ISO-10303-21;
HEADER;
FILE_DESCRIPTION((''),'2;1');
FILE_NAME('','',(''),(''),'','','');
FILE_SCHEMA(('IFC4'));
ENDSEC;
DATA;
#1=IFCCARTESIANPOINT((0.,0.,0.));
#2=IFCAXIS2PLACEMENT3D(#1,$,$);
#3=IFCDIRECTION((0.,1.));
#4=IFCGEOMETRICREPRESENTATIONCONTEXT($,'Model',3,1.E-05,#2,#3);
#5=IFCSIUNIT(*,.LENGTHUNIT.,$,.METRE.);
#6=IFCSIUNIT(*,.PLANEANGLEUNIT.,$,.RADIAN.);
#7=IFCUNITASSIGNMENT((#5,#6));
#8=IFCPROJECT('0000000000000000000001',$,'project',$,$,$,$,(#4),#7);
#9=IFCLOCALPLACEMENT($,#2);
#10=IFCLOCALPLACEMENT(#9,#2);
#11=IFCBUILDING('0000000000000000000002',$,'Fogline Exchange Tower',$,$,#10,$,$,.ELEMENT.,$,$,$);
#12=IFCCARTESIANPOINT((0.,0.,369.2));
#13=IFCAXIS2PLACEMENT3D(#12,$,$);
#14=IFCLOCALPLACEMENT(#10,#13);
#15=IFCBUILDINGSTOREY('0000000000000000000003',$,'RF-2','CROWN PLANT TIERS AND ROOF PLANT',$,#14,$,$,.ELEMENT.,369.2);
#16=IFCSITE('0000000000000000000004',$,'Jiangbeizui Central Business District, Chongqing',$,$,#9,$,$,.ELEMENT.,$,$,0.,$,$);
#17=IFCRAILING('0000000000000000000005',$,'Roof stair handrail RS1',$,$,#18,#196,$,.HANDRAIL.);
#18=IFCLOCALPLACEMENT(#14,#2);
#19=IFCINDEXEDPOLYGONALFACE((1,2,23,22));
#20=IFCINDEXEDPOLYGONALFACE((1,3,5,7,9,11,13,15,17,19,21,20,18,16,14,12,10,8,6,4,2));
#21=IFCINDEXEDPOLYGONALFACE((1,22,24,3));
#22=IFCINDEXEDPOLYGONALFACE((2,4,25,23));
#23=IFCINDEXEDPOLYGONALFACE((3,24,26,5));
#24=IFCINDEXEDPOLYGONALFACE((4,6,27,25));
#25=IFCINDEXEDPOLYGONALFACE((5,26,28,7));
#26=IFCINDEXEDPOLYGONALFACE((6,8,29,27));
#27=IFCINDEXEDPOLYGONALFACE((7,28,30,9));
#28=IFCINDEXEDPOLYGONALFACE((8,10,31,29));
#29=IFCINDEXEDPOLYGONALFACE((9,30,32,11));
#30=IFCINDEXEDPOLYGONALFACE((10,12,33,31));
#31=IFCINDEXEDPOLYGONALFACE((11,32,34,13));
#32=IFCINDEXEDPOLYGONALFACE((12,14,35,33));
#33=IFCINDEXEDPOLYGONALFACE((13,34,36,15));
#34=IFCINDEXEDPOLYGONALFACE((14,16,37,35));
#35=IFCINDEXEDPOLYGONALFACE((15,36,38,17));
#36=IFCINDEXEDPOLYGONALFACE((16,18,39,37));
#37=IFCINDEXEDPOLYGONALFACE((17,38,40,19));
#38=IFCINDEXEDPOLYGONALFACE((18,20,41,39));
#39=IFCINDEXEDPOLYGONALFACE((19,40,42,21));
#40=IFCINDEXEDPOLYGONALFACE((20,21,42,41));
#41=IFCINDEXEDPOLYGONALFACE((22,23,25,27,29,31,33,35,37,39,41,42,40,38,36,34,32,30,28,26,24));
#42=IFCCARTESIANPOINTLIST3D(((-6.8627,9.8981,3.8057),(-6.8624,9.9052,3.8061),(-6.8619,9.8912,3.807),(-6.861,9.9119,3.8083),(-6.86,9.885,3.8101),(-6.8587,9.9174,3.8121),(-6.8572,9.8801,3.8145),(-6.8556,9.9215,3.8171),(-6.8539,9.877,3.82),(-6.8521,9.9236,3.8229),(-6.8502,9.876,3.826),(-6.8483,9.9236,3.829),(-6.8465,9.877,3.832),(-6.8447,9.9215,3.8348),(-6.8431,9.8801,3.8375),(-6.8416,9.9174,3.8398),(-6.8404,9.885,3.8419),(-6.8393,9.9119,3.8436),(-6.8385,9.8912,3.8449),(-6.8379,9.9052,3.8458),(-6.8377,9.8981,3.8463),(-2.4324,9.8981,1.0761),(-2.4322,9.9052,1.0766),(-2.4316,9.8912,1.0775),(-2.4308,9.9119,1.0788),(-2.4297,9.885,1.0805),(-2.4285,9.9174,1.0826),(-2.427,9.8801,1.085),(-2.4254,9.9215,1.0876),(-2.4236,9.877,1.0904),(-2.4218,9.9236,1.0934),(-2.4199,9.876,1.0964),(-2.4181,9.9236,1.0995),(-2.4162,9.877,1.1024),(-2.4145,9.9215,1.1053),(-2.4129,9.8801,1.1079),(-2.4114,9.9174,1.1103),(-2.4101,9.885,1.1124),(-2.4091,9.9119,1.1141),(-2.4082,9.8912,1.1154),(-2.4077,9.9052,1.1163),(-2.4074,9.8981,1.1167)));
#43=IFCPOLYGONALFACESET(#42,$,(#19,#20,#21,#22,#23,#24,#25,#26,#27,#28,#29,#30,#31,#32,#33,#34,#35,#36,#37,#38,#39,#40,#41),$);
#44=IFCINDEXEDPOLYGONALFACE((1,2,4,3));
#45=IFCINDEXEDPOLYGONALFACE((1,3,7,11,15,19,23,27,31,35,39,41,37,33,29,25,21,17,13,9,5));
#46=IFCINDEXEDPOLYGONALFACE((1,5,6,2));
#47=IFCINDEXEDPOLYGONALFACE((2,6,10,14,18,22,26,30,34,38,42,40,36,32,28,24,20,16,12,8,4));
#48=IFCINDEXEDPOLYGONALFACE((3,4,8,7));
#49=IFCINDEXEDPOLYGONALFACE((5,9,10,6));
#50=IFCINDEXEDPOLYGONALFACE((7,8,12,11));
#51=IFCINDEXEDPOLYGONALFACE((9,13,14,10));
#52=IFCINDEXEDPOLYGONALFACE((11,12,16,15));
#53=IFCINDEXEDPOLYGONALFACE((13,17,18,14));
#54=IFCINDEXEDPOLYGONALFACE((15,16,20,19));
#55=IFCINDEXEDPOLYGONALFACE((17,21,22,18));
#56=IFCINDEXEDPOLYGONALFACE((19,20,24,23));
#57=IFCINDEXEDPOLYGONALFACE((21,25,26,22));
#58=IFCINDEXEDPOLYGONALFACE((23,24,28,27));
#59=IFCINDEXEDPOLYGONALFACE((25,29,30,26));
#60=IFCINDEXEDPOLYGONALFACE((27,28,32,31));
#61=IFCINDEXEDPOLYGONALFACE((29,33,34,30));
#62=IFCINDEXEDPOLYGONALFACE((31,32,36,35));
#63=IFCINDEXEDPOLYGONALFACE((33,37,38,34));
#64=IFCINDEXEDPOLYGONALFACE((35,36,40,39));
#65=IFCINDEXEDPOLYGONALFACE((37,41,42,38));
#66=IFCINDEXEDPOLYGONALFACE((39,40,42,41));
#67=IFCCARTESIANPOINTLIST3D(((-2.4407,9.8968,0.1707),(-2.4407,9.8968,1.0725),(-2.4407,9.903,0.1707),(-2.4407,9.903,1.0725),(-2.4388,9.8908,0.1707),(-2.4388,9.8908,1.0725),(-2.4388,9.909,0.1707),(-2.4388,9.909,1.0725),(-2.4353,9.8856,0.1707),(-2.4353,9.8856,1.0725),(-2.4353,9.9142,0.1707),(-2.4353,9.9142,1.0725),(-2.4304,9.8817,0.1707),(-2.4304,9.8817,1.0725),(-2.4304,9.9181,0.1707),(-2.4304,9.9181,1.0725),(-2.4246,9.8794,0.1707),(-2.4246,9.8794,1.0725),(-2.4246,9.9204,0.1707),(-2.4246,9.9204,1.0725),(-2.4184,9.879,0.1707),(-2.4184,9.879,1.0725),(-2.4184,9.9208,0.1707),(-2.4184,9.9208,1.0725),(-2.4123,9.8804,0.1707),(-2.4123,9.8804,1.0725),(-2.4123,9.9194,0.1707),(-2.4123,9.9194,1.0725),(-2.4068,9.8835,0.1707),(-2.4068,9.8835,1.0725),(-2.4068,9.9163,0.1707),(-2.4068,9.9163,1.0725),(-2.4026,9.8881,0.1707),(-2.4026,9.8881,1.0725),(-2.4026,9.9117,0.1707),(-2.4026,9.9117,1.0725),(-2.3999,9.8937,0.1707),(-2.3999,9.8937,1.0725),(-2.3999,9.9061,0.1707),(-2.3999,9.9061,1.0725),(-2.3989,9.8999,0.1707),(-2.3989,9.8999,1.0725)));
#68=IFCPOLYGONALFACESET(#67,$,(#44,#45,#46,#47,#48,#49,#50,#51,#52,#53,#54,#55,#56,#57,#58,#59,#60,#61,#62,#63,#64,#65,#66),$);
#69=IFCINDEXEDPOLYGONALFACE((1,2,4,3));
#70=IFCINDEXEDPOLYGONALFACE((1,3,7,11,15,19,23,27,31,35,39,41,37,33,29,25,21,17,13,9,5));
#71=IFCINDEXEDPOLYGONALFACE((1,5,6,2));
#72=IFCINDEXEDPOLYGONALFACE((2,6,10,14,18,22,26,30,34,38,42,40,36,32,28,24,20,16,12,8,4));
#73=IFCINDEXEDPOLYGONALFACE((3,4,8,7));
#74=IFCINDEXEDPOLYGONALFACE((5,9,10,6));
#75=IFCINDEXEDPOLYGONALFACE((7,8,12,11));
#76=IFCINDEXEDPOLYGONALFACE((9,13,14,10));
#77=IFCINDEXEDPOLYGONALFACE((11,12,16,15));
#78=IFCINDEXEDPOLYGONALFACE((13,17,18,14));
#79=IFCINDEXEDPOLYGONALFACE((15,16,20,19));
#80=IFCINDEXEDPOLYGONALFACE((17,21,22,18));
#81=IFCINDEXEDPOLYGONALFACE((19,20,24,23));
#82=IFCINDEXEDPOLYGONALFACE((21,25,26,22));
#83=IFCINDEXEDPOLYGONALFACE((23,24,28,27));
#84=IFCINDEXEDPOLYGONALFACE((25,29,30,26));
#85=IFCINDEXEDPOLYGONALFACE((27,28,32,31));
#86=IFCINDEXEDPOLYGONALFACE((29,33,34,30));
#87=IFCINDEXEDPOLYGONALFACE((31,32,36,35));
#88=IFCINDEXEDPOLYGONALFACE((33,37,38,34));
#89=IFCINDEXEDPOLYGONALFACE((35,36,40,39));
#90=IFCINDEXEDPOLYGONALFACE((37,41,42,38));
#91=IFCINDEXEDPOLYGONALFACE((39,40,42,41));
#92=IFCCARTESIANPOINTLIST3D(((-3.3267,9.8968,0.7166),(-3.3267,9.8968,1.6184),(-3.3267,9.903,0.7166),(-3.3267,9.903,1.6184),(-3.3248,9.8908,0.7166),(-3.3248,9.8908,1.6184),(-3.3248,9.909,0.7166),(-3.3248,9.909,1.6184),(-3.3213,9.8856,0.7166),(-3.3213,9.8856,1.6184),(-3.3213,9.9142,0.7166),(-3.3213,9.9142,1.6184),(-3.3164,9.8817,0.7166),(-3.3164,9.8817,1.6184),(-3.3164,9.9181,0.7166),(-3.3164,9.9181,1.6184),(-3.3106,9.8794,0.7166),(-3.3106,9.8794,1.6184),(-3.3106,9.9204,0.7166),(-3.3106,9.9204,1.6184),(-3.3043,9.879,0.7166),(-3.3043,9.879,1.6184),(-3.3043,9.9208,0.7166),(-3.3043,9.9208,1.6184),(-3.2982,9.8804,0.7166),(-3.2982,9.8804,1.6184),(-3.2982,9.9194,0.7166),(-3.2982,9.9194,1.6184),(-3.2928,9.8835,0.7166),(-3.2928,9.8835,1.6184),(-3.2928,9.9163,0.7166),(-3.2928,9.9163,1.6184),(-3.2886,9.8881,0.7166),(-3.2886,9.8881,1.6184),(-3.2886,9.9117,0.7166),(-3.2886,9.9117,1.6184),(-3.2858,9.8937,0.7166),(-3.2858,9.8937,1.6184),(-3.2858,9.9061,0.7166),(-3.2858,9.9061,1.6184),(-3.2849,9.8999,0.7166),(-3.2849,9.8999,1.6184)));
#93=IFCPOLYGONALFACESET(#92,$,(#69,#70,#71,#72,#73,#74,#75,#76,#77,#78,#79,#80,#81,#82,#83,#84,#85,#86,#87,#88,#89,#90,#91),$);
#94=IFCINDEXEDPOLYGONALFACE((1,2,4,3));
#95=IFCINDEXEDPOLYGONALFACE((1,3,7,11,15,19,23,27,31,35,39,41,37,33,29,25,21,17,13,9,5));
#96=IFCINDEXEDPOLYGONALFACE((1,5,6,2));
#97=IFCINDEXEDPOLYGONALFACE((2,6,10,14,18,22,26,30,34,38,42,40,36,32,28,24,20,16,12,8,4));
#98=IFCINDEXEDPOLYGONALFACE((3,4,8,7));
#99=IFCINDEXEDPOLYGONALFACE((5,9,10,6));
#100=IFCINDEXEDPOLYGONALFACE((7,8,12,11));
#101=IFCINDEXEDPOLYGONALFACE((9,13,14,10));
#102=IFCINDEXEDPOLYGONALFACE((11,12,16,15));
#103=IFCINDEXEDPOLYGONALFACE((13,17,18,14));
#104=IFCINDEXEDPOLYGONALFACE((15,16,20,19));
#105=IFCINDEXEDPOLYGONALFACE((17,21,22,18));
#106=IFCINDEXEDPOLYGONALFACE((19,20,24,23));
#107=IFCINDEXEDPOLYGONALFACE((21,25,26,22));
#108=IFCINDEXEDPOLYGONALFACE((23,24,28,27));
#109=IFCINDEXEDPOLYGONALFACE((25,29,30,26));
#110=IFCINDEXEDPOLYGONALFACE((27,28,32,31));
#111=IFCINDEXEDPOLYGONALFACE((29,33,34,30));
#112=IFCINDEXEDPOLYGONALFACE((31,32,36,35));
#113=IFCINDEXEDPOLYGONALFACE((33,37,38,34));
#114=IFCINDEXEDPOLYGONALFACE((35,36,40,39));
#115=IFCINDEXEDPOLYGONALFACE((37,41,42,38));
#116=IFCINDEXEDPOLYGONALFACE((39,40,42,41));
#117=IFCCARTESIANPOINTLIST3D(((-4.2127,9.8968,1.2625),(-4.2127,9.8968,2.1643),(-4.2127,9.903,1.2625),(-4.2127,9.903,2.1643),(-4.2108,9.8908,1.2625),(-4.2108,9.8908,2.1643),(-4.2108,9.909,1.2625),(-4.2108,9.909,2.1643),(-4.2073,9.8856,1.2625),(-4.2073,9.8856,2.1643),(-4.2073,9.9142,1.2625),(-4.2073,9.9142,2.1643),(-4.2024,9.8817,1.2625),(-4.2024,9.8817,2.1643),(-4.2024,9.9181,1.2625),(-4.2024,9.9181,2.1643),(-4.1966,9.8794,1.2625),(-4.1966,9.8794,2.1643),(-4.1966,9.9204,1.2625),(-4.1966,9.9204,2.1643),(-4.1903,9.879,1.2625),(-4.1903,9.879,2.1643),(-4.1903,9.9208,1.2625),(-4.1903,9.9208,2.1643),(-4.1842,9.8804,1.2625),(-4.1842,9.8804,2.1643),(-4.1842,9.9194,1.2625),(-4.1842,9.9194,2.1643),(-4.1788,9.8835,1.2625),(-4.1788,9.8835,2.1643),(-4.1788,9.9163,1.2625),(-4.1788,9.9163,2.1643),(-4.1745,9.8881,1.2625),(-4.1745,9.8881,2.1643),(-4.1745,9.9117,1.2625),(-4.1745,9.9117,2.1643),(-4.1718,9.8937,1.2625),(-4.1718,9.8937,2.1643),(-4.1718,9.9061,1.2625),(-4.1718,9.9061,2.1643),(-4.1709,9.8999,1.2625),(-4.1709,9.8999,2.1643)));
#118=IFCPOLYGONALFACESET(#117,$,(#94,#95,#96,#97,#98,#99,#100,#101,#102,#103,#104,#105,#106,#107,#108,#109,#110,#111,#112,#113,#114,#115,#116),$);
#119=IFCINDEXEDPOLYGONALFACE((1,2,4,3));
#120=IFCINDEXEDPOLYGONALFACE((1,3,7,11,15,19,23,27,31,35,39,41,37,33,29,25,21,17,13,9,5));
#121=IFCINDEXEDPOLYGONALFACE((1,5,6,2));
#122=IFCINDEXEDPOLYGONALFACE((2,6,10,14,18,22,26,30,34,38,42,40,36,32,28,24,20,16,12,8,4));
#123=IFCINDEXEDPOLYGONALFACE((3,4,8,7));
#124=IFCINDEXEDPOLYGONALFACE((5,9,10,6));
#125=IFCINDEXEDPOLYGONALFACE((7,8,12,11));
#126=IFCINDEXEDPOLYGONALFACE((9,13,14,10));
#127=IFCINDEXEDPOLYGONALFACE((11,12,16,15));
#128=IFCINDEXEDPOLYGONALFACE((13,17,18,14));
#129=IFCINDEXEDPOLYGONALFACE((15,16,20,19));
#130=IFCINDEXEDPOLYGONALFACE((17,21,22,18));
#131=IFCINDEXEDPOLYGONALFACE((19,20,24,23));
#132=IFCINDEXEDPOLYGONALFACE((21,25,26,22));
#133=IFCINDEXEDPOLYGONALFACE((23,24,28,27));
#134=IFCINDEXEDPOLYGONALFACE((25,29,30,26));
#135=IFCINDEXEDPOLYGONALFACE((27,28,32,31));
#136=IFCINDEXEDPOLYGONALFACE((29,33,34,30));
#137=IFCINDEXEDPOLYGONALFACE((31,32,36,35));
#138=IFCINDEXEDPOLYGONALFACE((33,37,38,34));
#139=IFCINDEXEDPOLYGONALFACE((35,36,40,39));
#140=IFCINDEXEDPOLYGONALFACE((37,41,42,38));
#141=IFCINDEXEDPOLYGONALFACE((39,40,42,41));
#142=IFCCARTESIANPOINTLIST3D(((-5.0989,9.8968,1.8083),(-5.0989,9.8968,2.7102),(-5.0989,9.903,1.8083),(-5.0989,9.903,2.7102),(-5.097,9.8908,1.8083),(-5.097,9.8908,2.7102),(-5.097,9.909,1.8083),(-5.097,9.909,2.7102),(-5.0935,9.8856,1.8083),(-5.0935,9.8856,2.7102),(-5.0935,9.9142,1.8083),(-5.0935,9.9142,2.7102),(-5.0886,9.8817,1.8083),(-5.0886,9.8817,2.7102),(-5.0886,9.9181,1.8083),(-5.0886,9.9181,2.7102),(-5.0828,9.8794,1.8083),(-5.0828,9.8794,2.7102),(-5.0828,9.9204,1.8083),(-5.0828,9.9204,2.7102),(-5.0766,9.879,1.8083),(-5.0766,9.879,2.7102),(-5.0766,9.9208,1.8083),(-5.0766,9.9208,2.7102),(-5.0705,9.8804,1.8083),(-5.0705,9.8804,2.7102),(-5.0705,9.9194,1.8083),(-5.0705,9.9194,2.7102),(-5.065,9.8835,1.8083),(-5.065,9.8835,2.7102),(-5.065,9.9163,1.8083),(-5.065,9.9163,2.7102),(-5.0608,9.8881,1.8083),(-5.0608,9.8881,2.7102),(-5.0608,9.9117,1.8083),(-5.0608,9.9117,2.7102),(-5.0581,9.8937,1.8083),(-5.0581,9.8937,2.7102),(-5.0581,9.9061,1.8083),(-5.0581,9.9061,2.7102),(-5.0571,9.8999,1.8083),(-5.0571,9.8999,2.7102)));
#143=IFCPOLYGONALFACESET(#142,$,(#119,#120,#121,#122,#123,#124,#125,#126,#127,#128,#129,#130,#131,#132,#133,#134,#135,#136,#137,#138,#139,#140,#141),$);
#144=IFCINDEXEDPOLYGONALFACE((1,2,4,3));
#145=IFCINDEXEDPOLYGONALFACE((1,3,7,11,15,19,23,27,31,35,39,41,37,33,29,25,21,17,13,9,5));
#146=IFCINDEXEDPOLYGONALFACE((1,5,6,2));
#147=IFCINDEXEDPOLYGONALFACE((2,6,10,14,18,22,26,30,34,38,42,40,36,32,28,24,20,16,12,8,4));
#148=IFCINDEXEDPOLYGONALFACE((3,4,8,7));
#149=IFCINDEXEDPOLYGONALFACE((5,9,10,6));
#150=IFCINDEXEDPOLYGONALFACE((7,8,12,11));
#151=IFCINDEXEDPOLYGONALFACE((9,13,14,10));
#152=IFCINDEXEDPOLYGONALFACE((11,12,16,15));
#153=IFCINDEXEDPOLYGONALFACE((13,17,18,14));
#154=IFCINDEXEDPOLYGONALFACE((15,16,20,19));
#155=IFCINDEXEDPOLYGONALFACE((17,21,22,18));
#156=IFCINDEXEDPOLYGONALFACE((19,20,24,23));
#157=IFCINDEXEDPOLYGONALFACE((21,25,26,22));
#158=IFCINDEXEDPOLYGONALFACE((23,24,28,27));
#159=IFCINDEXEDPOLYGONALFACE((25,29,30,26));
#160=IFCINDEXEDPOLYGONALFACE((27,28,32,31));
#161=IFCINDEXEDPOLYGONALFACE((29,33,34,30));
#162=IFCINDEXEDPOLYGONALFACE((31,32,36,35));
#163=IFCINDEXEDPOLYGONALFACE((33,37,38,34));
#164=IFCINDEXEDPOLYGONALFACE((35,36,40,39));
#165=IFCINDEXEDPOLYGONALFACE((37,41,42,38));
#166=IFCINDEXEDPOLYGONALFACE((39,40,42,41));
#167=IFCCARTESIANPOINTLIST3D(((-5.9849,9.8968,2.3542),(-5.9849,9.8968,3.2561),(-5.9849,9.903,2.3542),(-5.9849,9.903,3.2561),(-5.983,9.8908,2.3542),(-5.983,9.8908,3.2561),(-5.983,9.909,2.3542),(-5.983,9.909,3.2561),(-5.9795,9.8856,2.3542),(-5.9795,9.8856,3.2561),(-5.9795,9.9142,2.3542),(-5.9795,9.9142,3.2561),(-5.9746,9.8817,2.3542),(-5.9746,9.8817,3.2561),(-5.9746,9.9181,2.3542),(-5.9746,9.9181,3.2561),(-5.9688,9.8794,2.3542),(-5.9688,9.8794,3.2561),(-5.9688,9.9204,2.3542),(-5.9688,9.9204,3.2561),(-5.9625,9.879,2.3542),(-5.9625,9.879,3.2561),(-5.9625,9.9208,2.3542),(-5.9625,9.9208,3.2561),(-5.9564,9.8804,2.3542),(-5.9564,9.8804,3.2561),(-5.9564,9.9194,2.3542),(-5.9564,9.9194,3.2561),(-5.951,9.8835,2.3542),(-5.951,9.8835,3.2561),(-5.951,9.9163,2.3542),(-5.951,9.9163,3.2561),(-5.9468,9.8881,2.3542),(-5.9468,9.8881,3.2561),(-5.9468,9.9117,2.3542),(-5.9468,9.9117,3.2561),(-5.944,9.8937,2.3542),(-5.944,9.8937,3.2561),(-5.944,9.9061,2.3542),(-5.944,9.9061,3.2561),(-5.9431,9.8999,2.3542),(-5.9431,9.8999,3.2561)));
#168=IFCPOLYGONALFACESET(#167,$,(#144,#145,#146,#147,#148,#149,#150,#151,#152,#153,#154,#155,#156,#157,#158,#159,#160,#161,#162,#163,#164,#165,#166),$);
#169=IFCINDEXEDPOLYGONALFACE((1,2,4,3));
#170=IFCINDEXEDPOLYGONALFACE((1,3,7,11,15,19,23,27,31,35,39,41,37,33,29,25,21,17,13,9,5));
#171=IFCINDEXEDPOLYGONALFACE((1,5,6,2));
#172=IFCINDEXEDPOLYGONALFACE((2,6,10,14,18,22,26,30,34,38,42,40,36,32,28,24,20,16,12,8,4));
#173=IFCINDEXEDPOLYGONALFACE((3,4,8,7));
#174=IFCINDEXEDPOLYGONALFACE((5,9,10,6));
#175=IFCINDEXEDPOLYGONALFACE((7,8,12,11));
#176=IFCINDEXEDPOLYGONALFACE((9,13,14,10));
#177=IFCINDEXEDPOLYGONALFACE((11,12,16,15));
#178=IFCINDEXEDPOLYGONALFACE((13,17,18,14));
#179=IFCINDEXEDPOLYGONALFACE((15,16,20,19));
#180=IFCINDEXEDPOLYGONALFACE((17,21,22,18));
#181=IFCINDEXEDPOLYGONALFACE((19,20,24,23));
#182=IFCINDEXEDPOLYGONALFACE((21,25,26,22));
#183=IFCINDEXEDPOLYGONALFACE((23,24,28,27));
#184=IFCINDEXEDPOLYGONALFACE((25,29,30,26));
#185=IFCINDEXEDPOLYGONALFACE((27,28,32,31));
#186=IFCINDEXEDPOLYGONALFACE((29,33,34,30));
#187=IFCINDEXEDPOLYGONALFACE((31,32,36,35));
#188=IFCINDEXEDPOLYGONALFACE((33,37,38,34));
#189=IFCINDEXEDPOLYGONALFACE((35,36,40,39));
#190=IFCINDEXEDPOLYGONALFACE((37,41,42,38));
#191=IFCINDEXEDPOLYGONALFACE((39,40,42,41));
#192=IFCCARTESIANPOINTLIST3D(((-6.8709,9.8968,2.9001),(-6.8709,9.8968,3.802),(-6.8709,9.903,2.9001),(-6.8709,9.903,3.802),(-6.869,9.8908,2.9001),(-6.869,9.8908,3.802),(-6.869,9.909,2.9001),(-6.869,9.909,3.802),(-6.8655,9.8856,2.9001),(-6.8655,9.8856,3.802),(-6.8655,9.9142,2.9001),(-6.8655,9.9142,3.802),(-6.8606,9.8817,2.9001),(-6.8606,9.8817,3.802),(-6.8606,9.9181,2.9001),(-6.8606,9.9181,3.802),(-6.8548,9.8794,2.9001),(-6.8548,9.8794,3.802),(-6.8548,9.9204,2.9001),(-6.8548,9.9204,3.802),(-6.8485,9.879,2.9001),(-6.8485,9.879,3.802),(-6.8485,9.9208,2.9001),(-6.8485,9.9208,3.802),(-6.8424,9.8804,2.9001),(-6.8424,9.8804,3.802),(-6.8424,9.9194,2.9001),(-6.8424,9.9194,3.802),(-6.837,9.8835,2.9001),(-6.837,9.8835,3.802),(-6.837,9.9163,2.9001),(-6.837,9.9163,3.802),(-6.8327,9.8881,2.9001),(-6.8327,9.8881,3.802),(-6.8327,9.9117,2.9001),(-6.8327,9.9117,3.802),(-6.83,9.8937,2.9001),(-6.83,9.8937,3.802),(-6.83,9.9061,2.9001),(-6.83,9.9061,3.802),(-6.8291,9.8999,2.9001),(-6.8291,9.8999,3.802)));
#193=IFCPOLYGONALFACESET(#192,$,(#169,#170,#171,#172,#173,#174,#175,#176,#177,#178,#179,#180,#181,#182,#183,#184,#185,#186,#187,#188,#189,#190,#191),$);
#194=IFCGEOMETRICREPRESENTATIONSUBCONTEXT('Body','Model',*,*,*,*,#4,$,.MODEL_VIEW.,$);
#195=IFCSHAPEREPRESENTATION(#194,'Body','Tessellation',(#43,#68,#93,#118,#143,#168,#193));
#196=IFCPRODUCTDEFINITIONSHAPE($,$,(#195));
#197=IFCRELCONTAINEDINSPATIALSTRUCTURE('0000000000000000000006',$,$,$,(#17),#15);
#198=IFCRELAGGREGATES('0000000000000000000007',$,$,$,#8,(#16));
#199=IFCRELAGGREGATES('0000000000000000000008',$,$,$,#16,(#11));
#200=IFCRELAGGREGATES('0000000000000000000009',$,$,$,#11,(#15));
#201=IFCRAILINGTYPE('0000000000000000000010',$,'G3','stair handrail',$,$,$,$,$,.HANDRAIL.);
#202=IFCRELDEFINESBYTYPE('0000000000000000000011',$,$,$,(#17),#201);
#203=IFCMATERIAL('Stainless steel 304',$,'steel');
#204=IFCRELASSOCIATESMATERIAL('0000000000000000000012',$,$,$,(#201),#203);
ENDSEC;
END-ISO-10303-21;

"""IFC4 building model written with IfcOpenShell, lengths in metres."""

from ifc_helpers import new_model, si_unit, direction, frame, origin, origin_2d, place, context, subcontext, project, spatial, circle, extrude, material, type_object, element, save


model = new_model("IFC4")

# Units and contexts
model_context = context("Model", 3, precision=1e-05, world=origin(), true_north=direction((0.0, 1.0)))
body_context = subcontext(model_context, "Body", "Model", "MODEL_VIEW")
ifc_project = project(units=[si_unit("LENGTHUNIT", "METRE"), si_unit("PLANEANGLEUNIT", "RADIAN")], contexts=[model_context])

# Site, building, storey
site_placement = place(None, origin())
site = spatial("IfcSite", under=ifc_project, at=site_placement, Name="Jiangbeizui Central Business District, Chongqing", CompositionType="ELEMENT", RefElevation=0.0)
building_placement = place(site_placement, origin())
building = spatial("IfcBuilding", under=site, at=building_placement, Name="Fogline Exchange Tower", CompositionType="ELEMENT")
storey_placement = place(building_placement, frame((0.0, 0.0, 369.2)))
storey = spatial("IfcBuildingStorey", under=building, at=storey_placement, Name="RF-2", Description="CROWN PLANT TIERS AND ROOF PLANT", CompositionType="ELEMENT", Elevation=369.2)

# Railing
ifc_material_1 = material(Name="Stainless steel 304", Category="steel")
railing_type_1 = type_object("IfcRailingType", Name="G3", Description="stair handrail", PredefinedType="HANDRAIL", material=ifc_material_1)
railing_1_placement = place(storey_placement, frame((-2.4199, 9.8999, 0.1707)))
element("IfcRailing", 1, at=railing_1_placement, inside=storey, type_object=railing_type_1, Name="Roof stair handrail RS1", PredefinedType="HANDRAIL", context=body_context, shape_type="SweptSolid", body=[
    extrude(circle(Radius=0.0239, at=origin_2d()), frame((0.0, 0.0, 0.9258), z_axis=(-0.851381, 0.0, 0.524548), x_axis=(0.0, -1.0, 0.0)), (0.0, 0.0, 1.0), 5.2036),
    extrude(circle(Radius=0.021, at=origin_2d()), origin(), (0.0, 0.0, 1.0), 0.9019),
    extrude(circle(Radius=0.021, at=origin_2d()), frame((-0.886, 0.0, 0.5459)), (0.0, 0.0, 1.0), 0.9019),
    extrude(circle(Radius=0.021, at=origin_2d()), frame((-1.772, 0.0, 1.0918)), (0.0, 0.0, 1.0), 0.9019),
    extrude(circle(Radius=0.021, at=origin_2d()), frame((-2.6582, 0.0, 1.6377)), (0.0, 0.0, 1.0), 0.9019),
    extrude(circle(Radius=0.021, at=origin_2d()), frame((-3.5442, 0.0, 2.1836)), (0.0, 0.0, 1.0), 0.9019),
    extrude(circle(Radius=0.021, at=origin_2d()), frame((-4.4302, 0.0, 2.7295)), (0.0, 0.0, 1.0), 0.9019),
])

save(model, "model.ifc")
